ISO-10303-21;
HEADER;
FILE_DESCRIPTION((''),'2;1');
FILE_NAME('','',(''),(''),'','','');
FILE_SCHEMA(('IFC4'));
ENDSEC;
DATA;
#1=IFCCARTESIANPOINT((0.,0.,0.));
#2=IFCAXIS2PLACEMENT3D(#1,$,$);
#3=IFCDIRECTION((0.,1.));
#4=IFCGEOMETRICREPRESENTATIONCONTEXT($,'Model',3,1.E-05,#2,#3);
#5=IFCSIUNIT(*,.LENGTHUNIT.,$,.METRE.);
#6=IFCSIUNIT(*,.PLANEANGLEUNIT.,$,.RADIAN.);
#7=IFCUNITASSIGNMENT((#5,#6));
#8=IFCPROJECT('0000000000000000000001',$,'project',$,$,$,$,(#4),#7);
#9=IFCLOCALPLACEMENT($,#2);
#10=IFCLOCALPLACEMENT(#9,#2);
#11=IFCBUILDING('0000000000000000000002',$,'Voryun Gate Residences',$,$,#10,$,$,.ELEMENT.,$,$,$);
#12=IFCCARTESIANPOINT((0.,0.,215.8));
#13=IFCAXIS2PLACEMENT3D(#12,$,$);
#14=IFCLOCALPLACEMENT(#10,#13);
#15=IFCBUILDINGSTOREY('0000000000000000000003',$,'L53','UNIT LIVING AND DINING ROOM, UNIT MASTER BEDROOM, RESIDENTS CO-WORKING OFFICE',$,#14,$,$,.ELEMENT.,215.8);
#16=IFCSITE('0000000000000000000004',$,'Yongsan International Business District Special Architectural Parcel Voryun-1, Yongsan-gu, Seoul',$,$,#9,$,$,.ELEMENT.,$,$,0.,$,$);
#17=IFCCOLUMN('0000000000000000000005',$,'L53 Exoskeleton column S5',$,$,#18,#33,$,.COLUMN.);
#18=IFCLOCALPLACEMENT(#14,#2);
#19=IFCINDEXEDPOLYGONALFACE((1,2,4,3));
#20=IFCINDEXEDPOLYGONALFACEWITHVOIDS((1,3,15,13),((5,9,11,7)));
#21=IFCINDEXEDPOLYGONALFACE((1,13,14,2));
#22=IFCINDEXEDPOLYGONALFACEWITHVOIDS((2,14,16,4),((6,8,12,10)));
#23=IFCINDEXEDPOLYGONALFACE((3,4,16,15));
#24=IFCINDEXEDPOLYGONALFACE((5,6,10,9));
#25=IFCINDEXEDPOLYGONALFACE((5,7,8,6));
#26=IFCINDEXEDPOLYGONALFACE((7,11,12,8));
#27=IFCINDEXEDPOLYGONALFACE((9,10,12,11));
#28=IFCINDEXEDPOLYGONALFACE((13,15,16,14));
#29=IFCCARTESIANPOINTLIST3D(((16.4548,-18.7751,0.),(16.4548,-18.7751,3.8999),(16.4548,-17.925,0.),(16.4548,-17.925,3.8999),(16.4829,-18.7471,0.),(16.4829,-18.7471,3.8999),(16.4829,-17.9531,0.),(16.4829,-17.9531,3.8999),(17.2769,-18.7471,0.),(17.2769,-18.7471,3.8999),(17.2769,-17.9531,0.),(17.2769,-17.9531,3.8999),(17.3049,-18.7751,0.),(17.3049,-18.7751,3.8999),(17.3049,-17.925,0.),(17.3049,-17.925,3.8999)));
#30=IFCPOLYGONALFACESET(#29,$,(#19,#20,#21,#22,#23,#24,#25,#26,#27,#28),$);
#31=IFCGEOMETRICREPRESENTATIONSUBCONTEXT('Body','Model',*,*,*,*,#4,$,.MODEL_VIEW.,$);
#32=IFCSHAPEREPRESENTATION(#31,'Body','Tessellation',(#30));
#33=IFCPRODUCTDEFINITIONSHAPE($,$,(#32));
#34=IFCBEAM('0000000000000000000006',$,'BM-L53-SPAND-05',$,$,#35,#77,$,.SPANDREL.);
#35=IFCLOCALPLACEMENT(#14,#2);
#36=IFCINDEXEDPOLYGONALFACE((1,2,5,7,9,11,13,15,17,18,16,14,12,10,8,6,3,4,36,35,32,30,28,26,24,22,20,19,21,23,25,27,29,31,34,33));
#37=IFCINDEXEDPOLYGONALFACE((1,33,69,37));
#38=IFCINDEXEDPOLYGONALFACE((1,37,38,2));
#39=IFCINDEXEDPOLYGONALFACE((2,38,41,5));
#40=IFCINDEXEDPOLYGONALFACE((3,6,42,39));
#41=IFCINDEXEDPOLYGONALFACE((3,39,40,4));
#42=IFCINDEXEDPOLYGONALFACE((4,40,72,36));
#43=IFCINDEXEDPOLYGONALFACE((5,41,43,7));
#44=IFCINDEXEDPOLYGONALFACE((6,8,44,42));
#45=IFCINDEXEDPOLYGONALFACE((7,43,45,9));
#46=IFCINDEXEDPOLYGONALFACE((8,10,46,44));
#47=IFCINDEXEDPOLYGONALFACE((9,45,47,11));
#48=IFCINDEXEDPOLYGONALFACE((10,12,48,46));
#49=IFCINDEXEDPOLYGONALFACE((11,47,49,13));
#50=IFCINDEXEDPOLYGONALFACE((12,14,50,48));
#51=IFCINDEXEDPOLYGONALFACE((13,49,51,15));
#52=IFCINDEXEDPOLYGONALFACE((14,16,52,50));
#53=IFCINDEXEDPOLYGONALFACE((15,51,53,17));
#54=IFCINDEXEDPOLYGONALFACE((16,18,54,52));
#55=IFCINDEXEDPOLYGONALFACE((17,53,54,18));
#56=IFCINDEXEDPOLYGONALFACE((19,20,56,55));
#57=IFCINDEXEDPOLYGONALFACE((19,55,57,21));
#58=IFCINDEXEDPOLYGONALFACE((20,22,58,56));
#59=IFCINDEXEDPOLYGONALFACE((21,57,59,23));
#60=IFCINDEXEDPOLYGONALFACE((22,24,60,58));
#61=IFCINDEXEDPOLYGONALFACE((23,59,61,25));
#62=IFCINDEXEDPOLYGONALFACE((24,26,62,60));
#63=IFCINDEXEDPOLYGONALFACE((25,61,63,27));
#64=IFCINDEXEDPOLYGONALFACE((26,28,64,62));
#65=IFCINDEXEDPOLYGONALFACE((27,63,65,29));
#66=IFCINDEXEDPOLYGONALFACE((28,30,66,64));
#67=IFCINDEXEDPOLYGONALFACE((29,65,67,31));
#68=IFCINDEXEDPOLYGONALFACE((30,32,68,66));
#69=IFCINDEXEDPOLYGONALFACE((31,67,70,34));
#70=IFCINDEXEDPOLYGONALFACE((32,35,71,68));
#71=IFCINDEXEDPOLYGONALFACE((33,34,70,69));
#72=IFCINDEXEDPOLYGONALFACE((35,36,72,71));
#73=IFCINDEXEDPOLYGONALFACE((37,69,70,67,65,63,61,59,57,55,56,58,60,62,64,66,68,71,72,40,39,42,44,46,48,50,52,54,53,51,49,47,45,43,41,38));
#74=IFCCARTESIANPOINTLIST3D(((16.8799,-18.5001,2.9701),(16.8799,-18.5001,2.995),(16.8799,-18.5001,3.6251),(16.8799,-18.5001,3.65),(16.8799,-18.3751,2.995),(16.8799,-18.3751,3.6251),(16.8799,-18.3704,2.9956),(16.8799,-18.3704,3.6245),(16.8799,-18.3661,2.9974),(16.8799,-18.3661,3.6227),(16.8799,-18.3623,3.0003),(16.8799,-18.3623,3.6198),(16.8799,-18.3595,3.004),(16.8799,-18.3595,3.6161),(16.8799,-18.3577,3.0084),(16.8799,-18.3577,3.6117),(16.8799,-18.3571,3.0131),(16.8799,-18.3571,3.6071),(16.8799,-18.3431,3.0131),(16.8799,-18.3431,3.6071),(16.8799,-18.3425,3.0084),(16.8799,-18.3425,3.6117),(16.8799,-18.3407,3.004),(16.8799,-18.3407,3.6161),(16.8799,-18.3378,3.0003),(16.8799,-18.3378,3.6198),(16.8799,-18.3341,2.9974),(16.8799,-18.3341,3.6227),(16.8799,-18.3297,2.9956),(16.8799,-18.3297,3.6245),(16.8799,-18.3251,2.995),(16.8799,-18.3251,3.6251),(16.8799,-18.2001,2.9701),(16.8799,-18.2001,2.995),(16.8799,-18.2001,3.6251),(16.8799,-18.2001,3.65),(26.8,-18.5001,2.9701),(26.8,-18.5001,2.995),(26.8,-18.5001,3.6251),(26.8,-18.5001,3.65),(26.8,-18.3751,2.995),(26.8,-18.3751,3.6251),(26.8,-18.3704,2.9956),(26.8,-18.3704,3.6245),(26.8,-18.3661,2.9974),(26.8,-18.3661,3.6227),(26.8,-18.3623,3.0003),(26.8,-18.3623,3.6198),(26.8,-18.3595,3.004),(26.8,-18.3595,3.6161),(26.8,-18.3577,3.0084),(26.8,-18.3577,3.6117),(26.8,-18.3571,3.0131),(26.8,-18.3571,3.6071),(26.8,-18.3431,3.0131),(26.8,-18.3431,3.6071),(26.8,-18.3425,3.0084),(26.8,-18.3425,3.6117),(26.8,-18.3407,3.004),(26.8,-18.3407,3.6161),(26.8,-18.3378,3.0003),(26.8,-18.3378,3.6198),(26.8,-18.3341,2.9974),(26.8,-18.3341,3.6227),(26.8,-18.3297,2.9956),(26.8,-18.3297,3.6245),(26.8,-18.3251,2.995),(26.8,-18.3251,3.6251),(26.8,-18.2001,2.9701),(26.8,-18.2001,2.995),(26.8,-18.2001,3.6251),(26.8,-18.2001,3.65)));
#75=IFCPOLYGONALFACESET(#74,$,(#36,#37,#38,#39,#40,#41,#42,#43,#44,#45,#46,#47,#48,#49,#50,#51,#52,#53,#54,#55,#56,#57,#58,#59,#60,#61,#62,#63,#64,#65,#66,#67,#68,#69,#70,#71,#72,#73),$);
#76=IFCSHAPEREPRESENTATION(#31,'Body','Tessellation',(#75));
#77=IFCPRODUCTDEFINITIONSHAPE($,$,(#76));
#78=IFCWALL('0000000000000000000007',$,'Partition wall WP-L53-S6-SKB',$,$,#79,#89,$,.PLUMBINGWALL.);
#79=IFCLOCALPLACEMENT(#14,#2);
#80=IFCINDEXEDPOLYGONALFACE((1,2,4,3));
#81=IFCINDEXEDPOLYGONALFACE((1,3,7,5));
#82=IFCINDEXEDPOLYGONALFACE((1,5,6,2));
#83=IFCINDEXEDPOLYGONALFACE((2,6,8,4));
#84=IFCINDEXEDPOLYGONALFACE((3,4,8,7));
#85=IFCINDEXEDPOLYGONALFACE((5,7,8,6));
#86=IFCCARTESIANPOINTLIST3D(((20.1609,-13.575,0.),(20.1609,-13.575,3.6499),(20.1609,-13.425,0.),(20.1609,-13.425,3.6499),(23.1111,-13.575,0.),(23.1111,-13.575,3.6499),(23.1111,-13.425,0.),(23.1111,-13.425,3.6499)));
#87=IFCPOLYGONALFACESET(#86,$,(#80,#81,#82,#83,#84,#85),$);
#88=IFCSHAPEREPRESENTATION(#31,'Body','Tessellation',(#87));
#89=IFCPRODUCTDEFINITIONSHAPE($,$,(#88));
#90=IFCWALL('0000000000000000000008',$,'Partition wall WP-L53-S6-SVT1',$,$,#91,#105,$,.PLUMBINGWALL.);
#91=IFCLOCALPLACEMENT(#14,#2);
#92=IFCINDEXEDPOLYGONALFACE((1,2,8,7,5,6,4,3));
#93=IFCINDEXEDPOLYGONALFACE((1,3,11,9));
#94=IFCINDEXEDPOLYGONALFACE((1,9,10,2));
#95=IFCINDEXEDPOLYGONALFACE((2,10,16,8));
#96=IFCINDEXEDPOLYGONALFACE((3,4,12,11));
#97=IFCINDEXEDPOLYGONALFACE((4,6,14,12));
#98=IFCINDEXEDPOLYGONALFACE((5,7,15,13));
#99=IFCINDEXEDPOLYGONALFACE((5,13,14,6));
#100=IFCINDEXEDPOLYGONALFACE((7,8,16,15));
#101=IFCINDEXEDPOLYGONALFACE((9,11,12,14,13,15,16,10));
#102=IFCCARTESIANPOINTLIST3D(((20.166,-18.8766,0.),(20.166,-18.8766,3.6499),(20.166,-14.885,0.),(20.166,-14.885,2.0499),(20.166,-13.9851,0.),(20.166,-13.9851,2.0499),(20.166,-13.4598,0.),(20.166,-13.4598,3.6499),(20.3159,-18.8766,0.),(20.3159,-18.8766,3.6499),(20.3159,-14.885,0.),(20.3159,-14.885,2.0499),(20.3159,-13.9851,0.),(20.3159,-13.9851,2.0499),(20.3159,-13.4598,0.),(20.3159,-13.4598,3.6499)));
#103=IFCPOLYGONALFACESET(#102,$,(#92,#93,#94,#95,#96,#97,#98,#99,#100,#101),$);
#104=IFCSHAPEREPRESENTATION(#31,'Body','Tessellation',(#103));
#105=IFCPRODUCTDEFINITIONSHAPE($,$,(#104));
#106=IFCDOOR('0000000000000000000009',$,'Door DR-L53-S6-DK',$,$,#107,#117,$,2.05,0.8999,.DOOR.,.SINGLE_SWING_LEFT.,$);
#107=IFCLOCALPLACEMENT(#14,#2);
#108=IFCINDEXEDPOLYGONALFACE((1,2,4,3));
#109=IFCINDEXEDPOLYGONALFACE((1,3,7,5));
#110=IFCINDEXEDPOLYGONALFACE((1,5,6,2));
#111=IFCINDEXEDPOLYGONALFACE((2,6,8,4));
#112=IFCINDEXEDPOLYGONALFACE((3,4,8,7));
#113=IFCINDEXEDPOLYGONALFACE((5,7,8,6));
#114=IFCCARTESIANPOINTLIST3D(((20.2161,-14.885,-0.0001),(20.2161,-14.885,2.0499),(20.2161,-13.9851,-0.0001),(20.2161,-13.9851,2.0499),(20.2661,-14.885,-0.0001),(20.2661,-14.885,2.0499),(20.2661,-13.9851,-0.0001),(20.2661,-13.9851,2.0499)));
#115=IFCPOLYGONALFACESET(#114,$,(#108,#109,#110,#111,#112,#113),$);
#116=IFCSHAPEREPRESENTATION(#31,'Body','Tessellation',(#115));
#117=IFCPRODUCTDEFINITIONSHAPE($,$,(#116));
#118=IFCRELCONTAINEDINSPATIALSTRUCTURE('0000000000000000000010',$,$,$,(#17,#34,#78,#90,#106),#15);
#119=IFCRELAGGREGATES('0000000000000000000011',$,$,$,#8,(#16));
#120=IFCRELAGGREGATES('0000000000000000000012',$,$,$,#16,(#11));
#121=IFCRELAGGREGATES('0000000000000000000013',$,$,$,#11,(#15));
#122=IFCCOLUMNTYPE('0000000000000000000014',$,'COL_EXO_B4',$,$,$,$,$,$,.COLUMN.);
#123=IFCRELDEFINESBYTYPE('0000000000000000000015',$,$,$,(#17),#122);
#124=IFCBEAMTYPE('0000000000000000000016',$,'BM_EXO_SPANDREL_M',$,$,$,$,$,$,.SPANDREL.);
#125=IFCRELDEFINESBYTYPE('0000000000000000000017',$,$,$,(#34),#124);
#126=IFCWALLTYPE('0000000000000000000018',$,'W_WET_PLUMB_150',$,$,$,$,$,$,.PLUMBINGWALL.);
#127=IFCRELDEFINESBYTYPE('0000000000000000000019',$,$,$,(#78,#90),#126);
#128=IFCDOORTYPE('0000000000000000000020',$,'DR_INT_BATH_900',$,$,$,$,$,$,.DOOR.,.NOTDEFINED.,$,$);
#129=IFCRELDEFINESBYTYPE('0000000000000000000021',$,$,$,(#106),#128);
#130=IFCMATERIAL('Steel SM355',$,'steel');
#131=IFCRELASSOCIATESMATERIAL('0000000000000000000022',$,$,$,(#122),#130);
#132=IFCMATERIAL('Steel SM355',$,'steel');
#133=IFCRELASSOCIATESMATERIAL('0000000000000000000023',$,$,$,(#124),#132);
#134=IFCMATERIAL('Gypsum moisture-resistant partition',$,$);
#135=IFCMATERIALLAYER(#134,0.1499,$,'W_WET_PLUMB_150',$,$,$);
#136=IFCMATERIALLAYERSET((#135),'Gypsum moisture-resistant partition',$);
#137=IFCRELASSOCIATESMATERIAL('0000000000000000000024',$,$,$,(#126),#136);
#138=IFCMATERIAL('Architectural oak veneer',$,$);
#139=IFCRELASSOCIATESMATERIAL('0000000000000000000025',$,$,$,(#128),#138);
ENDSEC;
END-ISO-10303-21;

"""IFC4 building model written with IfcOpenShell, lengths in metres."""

from ifc_helpers import new_model, si_unit, direction, frame, frame_2d, origin, origin_2d, place, context, subcontext, project, spatial, rectangle, hollow_rectangle, i_section, extrude, material, layer, layer_set, material_profile, profile_set, type_object, element, fill, save


model = new_model("IFC4")

# Units and contexts
model_context = context("Model", 3, precision=1e-05, world=origin(), true_north=direction((0.0, 1.0)))
body_context = subcontext(model_context, "Body", "Model", "MODEL_VIEW")
ifc_project = project(units=[si_unit("LENGTHUNIT", "METRE"), si_unit("PLANEANGLEUNIT", "RADIAN")], contexts=[model_context])

# Site, building, storey
site_placement = place(None, origin())
site = spatial("IfcSite", under=ifc_project, at=site_placement, Name="Yongsan International Business District Special Architectural Parcel Voryun-1, Yongsan-gu, Seoul", CompositionType="ELEMENT", RefElevation=0.0)
building_placement = place(site_placement, origin())
building = spatial("IfcBuilding", under=site, at=building_placement, Name="Voryun Gate Residences", CompositionType="ELEMENT")
storey_placement = place(building_placement, frame((0.0, 0.0, 215.8)))
storey = spatial("IfcBuildingStorey", under=building, at=storey_placement, Name="L53", Description="UNIT LIVING AND DINING ROOM, UNIT MASTER BEDROOM, RESIDENTS CO-WORKING OFFICE", CompositionType="ELEMENT", Elevation=215.8)

# Column
ifc_material_1 = material(Name="Steel SM355", Category="steel")
ifc_material_profile_1 = material_profile(ifc_material_1, hollow_rectangle(XDim=0.8501, YDim=0.8501, WallThickness=0.0281, at=origin_2d()), Name="BOX-850x850x28")
ifc_profile_set_1 = profile_set([ifc_material_profile_1], Name="Steel SM355")
column_type = type_object("IfcColumnType", Name="COL_EXO_B4", PredefinedType="COLUMN", material=ifc_profile_set_1)
column_placement = place(storey_placement, frame((16.8799, -18.3501, 0.0), z_axis=(0.0, 0.0, 1.0), x_axis=(1.0, 0.0, 0.0)))
element("IfcColumn", 1, at=column_placement, inside=storey, type_object=column_type, Name="L53 Exoskeleton column S5", PredefinedType="COLUMN", context=body_context, shape_type="SweptSolid", body=[
    extrude(hollow_rectangle(XDim=0.8501, YDim=0.8501, WallThickness=0.0281, at=origin_2d()), origin(), (0.0, 0.0, 1.0), 3.8999),
])

# Beam
ifc_material_2 = material(Name="Steel SM355", Category="steel")
ifc_material_profile_2 = material_profile(ifc_material_2, i_section(OverallWidth=0.3, OverallDepth=0.6799, WebThickness=0.0139, FlangeThickness=0.0249, FilletRadius=0.0181, at=origin_2d()), Name="H-680x300x14x25")
ifc_profile_set_2 = profile_set([ifc_material_profile_2], Name="Steel SM355")
beam_type = type_object("IfcBeamType", Name="BM_EXO_SPANDREL_M", PredefinedType="SPANDREL", material=ifc_profile_set_2)
beam_placement = place(storey_placement, frame((16.8799, -18.3501, 3.3101), z_axis=(1.0, 0.0, 0.0), x_axis=(0.0, 1.0, 0.0)))
element("IfcBeam", 2, at=beam_placement, inside=storey, type_object=beam_type, Name="BM-L53-SPAND-05", PredefinedType="SPANDREL", context=body_context, shape_type="SweptSolid", body=[
    extrude(i_section(OverallWidth=0.3, OverallDepth=0.6799, WebThickness=0.0139, FlangeThickness=0.0249, FilletRadius=0.0181, at=origin_2d()), origin(), (0.0, 0.0, 1.0), 9.9202),
])

# Wall
ifc_material_3 = material(Name="Gypsum moisture-resistant partition")
ifc_layer = layer(ifc_material_3, 0.1499, Name="W_WET_PLUMB_150")
ifc_layer_set = layer_set([ifc_layer], Name="Gypsum moisture-resistant partition")
wall_type = type_object("IfcWallType", Name="W_WET_PLUMB_150", PredefinedType="PLUMBINGWALL", material=ifc_layer_set)
wall_1_placement = place(storey_placement, frame((20.1609, -13.5, 0.0), z_axis=(0.0, 0.0, 1.0), x_axis=(1.0, 0.0, 0.0)))
element("IfcWall", 3, at=wall_1_placement, inside=storey, type_object=wall_type, Name="Partition wall WP-L53-S6-SKB", PredefinedType="PLUMBINGWALL", context=body_context, shape_type="SweptSolid", body=[
    extrude(rectangle(XDim=2.9502, YDim=0.1499, at=frame_2d((1.4751, 0.0))), origin(), (0.0, 0.0, 1.0), 3.6499),
])

# Wall, opening, door
wall_2_placement = place(storey_placement, frame((20.241, -18.8767, 0.0), z_axis=(0.0, 0.0, 1.0), x_axis=(0.0, 1.0, 0.0)))
wall_2 = element("IfcWall", 4, at=wall_2_placement, inside=storey, type_object=wall_type, Name="Partition wall WP-L53-S6-SVT1", PredefinedType="PLUMBINGWALL", context=body_context, shape_type="SweptSolid", body=[
    extrude(rectangle(XDim=5.4167, YDim=0.1499, at=frame_2d((2.7085, 0.0))), origin(), (0.0, 0.0, 1.0), 3.6499),
])
opening_placement = place(wall_2_placement, frame((3.9917, 0.0, 0.0)))
opening = element("IfcOpeningElement", 5, at=opening_placement, cuts=wall_2, PredefinedType="OPENING", context=body_context, shape_type="SweptSolid", body=[
    extrude(rectangle(XDim=0.8999, YDim=2.05, at=frame_2d((0.45, 1.0249))), frame((0.0, 0.085, 0.0), z_axis=(0.0, -1.0, 0.0), x_axis=(1.0, 0.0, 0.0)), (0.0, 0.0, 1.0), 0.1699),
])
ifc_material_4 = material(Name="Architectural oak veneer")
door_type = type_object("IfcDoorType", Name="DR_INT_BATH_900", OperationType="NOTDEFINED", PredefinedType="DOOR", material=ifc_material_4)
door_placement = place(opening_placement, origin())
door = element("IfcDoor", 6, at=door_placement, inside=storey, type_object=door_type, Name="Door DR-L53-S6-DK", OperationType="SINGLE_SWING_LEFT", OverallHeight=2.05, OverallWidth=0.8999, PredefinedType="DOOR", context=body_context, shape_type="SweptSolid", body=[
    extrude(rectangle(XDim=0.8999, YDim=2.05, at=frame_2d((0.45, 1.0249))), frame((0.0, 0.0249, 0.0), z_axis=(0.0, -1.0, 0.0), x_axis=(1.0, 0.0, 0.0)), (0.0, 0.0, 1.0), 0.05),
])
fill(opening, door)

save(model, "model.ifc")
